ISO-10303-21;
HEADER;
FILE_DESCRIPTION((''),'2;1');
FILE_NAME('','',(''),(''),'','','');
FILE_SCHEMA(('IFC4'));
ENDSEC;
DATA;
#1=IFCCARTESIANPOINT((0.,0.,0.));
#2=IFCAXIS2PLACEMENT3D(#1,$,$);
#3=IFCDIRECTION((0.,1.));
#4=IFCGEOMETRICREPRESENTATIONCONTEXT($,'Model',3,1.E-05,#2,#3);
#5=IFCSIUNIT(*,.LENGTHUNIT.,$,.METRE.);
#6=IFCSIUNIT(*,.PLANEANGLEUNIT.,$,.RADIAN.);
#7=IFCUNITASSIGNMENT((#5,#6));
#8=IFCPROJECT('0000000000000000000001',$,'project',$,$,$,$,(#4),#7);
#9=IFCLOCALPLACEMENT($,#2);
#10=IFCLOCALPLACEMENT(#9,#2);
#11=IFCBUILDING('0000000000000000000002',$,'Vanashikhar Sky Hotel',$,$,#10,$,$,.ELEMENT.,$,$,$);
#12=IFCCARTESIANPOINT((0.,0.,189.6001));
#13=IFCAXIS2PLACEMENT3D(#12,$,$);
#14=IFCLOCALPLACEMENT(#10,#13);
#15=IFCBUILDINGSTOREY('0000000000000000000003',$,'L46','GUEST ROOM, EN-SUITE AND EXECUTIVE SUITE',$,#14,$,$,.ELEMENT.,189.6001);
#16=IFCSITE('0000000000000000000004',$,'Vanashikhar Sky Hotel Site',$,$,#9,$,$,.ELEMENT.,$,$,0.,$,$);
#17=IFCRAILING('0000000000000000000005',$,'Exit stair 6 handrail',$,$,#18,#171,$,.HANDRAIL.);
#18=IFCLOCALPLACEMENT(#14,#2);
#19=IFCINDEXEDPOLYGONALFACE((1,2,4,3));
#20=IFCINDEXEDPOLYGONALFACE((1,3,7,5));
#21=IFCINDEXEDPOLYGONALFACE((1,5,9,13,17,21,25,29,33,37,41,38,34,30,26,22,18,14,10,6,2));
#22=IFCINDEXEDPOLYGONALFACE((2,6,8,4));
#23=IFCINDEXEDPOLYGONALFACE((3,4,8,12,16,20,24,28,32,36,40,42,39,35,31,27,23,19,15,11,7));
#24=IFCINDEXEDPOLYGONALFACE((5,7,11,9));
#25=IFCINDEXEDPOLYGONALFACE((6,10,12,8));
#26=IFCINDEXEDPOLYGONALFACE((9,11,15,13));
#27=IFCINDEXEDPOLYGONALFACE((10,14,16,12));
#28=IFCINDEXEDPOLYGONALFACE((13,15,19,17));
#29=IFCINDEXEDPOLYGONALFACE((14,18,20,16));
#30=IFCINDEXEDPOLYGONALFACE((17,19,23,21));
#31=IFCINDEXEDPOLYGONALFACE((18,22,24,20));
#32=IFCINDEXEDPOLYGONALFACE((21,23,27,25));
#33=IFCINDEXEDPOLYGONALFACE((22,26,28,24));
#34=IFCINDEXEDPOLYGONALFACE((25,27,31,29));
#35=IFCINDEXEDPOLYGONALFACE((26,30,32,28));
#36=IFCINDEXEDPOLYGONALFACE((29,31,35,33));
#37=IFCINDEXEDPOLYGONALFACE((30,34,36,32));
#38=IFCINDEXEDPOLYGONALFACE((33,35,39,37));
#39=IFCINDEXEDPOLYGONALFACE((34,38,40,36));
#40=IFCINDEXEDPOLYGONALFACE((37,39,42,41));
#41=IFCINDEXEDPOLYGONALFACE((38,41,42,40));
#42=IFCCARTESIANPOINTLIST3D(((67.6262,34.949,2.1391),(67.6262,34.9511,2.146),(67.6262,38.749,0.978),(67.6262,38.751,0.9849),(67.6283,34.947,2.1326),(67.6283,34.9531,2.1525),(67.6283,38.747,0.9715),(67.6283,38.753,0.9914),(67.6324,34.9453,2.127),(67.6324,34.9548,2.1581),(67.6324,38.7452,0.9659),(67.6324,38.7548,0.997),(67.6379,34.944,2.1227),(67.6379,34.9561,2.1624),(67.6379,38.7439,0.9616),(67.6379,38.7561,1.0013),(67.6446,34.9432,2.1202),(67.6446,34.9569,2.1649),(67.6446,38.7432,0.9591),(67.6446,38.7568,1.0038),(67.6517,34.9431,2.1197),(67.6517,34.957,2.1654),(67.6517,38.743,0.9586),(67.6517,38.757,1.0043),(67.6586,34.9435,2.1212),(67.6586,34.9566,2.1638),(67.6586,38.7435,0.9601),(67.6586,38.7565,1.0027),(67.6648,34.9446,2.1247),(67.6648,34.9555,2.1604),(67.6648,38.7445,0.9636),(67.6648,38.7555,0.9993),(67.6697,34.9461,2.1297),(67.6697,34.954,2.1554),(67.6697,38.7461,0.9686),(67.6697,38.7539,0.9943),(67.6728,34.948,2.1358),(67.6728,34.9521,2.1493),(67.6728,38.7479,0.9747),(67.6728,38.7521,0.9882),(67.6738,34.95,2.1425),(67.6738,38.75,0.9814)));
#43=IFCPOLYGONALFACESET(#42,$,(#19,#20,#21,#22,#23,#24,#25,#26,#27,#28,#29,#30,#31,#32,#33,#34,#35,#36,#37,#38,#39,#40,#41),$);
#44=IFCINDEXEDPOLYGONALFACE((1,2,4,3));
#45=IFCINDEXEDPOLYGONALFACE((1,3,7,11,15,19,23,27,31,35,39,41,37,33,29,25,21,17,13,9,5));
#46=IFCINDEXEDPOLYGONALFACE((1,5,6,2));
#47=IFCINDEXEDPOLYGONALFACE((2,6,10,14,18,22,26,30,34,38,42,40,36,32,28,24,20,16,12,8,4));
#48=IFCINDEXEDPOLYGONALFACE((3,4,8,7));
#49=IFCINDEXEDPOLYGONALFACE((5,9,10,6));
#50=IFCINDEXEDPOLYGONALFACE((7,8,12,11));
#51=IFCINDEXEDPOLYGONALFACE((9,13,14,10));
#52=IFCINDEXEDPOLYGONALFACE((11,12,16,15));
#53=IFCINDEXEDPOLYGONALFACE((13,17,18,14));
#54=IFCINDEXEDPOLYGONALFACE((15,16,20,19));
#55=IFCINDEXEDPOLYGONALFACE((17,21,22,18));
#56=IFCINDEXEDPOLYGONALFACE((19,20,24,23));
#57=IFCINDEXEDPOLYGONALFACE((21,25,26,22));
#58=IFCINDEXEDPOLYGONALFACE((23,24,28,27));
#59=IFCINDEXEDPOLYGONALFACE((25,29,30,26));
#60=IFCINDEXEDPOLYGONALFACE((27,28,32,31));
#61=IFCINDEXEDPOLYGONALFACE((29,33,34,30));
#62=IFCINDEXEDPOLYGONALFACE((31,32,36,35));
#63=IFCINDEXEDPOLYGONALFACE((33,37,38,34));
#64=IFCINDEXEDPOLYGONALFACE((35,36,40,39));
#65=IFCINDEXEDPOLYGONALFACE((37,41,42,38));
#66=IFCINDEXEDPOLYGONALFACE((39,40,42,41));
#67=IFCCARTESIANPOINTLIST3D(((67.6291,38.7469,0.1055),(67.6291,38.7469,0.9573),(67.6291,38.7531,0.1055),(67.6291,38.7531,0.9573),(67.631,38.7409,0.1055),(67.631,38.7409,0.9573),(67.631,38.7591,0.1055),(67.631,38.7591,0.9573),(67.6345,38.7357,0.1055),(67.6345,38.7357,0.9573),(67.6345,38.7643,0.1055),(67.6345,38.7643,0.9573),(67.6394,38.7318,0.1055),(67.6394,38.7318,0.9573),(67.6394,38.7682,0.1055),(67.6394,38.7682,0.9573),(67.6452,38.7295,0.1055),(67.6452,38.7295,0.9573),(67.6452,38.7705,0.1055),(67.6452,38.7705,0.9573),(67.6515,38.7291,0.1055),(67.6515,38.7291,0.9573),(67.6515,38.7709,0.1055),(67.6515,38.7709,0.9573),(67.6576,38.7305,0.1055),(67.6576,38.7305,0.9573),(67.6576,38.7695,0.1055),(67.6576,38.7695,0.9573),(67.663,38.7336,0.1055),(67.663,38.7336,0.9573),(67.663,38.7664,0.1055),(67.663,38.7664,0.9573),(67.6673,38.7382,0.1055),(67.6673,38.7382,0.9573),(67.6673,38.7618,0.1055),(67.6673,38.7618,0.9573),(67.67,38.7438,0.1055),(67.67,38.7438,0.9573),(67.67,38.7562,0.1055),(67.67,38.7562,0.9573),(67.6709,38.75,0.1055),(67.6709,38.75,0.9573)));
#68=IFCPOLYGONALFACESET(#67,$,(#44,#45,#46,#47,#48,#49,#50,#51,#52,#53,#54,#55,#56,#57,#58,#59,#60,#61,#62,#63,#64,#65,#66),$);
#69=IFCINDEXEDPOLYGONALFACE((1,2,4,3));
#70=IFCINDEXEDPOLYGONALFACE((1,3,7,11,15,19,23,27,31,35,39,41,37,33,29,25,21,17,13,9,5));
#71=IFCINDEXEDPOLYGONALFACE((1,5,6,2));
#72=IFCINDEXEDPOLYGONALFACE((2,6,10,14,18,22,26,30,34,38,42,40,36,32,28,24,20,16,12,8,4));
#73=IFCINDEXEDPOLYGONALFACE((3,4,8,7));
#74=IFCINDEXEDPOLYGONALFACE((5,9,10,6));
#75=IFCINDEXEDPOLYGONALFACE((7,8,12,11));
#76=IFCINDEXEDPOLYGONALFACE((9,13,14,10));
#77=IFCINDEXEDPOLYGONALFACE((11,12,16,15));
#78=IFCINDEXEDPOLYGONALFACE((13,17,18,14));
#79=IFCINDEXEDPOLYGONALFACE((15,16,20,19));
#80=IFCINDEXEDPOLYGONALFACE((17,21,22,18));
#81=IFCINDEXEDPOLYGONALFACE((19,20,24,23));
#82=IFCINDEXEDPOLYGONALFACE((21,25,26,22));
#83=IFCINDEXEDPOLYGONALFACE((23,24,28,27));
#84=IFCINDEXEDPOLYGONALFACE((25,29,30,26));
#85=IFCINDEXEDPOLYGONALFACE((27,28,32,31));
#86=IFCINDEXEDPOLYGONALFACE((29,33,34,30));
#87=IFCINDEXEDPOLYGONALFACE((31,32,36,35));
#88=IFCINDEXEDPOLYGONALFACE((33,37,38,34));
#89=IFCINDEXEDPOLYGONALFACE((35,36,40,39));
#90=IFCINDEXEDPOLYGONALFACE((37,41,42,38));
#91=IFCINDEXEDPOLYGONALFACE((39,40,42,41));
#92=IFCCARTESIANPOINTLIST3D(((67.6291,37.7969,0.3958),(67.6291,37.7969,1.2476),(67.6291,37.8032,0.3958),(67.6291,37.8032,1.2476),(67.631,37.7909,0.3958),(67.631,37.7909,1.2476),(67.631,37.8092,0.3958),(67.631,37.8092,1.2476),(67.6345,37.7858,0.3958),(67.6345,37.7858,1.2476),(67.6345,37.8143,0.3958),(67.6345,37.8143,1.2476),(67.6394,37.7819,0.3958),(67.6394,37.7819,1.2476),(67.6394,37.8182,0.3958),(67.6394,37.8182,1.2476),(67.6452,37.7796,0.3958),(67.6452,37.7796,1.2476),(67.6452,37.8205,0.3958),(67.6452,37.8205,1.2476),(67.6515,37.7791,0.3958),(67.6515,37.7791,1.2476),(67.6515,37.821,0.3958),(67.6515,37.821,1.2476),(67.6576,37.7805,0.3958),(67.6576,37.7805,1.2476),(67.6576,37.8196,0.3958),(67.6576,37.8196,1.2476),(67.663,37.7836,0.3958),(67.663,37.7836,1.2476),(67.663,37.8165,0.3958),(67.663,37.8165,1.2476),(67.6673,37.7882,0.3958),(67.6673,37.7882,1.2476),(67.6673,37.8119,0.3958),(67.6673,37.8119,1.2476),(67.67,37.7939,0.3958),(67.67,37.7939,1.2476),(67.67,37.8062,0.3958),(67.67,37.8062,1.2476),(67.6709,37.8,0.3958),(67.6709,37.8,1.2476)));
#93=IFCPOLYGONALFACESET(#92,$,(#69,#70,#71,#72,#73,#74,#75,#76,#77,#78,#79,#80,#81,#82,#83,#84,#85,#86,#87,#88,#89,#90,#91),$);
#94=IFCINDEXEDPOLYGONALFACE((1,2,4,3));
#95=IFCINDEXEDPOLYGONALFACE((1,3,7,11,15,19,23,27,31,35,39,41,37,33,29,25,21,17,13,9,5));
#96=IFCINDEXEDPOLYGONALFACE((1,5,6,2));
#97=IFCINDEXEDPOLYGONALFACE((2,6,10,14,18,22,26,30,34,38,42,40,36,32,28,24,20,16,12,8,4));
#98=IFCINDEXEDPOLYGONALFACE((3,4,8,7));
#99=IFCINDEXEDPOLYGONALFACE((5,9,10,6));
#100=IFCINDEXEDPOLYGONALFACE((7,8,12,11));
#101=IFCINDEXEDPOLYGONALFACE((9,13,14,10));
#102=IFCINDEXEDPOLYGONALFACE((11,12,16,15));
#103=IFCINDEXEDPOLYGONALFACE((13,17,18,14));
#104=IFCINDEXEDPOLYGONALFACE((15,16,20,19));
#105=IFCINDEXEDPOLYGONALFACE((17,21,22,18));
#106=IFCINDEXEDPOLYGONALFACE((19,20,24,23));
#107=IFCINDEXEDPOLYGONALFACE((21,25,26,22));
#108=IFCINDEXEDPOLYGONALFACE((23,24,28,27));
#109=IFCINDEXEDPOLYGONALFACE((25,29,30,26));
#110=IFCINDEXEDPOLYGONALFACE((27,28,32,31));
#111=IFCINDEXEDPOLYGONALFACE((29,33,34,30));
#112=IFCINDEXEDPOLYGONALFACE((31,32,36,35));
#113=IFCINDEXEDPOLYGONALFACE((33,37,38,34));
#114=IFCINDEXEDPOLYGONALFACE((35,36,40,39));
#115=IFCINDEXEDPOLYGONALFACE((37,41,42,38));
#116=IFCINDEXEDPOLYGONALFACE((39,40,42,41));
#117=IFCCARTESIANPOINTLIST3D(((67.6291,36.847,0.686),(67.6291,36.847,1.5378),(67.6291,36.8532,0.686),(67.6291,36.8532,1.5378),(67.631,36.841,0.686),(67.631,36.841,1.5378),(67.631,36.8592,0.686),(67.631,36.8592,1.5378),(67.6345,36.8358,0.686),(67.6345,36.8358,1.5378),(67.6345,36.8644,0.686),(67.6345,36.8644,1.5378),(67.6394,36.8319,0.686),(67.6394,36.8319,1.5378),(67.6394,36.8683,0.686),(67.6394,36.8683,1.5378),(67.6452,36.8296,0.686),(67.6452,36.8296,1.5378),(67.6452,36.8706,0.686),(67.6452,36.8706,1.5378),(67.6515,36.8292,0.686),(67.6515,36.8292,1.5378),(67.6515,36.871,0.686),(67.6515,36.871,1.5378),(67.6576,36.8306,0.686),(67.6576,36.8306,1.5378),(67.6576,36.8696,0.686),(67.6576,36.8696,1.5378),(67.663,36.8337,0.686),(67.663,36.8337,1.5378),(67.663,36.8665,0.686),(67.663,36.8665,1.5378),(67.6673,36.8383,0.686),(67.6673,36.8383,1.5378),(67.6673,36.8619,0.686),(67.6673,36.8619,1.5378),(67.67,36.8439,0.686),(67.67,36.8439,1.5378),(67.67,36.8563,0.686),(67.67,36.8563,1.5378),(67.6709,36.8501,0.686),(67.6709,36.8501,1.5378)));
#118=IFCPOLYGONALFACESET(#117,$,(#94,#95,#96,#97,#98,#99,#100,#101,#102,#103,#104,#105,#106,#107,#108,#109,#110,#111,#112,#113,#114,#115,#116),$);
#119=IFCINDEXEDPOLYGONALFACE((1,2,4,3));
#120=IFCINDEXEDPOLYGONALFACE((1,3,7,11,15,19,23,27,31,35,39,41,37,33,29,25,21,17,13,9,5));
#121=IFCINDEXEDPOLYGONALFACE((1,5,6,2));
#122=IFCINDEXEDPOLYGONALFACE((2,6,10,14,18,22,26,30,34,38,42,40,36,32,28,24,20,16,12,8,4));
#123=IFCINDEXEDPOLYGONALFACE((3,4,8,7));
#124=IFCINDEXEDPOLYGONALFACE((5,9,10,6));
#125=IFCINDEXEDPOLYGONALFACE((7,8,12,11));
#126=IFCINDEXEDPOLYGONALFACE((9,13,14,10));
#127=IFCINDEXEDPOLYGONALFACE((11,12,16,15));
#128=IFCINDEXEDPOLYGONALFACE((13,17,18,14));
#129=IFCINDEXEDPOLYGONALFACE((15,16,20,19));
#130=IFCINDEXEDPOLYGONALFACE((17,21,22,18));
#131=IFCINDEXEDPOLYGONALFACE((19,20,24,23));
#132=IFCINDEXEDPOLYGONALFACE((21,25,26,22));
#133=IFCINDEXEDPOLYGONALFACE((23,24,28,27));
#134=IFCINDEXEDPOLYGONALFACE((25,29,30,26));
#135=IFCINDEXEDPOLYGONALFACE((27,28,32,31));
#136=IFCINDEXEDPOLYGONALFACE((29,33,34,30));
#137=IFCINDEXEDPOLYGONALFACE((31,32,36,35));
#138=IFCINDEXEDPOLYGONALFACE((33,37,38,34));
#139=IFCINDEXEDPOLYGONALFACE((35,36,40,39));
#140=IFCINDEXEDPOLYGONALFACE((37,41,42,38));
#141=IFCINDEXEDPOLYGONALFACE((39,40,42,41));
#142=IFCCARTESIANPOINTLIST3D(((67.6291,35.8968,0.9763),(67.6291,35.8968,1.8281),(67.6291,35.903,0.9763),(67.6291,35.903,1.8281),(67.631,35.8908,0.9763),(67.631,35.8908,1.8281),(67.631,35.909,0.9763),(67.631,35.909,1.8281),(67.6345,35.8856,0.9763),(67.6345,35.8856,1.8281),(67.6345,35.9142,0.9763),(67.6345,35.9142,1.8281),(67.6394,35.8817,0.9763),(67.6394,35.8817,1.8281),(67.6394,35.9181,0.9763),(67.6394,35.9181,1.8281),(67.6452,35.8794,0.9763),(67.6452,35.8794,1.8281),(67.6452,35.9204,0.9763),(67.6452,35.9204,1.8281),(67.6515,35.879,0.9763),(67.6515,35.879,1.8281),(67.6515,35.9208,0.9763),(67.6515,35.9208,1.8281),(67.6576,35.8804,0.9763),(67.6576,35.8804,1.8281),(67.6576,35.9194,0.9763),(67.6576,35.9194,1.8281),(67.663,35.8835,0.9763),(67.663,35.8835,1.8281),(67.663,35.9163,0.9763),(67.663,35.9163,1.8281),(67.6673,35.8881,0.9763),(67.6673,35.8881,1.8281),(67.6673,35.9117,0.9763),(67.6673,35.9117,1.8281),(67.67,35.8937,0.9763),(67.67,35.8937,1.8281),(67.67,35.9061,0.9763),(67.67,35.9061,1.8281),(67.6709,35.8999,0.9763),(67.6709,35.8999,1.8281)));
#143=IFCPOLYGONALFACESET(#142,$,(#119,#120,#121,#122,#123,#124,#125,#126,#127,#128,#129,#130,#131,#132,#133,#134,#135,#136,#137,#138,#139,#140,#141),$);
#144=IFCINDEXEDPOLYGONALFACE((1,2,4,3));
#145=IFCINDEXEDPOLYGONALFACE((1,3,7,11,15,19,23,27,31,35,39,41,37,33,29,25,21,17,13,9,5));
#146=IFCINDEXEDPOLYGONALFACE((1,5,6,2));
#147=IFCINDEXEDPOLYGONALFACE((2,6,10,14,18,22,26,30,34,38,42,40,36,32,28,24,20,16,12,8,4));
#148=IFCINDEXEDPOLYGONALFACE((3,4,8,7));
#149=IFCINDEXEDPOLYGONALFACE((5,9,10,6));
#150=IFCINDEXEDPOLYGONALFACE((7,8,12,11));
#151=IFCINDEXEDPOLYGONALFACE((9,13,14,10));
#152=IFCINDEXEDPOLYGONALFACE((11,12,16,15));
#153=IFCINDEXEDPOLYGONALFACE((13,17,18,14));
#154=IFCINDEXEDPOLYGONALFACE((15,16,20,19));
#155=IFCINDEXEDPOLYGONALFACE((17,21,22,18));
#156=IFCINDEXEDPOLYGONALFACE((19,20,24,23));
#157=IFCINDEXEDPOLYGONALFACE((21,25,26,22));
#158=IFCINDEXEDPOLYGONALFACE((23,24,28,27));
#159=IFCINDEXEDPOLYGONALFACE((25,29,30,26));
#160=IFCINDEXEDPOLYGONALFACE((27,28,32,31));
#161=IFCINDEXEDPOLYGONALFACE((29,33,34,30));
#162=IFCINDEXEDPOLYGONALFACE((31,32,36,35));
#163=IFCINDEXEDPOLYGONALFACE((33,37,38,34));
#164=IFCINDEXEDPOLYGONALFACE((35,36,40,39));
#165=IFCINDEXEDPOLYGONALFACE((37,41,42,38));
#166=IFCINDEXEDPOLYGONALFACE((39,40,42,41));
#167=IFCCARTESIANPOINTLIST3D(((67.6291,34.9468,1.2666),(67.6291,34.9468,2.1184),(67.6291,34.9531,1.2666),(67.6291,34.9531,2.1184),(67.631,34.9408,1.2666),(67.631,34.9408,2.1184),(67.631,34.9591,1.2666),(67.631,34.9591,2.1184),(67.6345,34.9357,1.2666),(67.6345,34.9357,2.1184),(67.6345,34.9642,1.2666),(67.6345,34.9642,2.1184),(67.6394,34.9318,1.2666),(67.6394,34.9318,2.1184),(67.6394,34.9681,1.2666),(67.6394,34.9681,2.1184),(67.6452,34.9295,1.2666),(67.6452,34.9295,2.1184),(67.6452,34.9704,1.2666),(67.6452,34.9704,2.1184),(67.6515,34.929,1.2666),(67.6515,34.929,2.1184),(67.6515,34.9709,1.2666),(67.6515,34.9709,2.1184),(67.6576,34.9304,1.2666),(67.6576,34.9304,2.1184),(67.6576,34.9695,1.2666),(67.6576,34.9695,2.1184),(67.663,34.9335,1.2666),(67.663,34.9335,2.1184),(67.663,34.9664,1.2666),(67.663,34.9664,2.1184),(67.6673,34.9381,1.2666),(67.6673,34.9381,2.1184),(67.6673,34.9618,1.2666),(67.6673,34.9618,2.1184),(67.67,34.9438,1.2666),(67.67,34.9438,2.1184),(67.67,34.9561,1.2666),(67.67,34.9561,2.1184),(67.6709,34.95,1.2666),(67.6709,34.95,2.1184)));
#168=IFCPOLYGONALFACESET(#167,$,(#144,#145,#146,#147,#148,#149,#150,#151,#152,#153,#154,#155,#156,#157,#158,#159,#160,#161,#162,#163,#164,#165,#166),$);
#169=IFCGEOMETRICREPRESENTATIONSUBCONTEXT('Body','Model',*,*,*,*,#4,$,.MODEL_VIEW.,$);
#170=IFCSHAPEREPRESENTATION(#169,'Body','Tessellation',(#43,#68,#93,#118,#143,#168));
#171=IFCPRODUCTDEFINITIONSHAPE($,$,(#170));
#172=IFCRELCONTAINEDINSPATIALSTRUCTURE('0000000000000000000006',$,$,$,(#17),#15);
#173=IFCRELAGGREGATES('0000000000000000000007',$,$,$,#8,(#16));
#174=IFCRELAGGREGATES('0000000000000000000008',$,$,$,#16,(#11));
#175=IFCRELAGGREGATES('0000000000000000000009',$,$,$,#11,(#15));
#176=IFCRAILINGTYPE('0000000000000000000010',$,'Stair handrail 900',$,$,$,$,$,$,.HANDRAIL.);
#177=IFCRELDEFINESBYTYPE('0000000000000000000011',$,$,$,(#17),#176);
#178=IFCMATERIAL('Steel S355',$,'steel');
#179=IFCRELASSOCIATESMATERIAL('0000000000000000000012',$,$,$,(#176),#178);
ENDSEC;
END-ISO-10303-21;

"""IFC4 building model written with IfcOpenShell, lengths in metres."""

from ifc_helpers import new_model, si_unit, direction, frame, origin, origin_2d, place, context, subcontext, project, spatial, circle, extrude, source, transform, mapped, material, type_object, element, save


model = new_model("IFC4")

# Units and contexts
model_context = context("Model", 3, precision=1e-05, world=origin(), true_north=direction((0.0, 1.0)))
body_context = subcontext(model_context, "Body", "Model", "MODEL_VIEW")
ifc_project = project(units=[si_unit("LENGTHUNIT", "METRE"), si_unit("PLANEANGLEUNIT", "RADIAN")], contexts=[model_context])

# Site, building, storey
site_placement = place(None, origin())
site = spatial("IfcSite", under=ifc_project, at=site_placement, Name="Vanashikhar Sky Hotel Site", CompositionType="ELEMENT", RefElevation=0.0)
building_placement = place(site_placement, origin())
building = spatial("IfcBuilding", under=site, at=building_placement, Name="Vanashikhar Sky Hotel", CompositionType="ELEMENT")
storey_placement = place(building_placement, frame((0.0, 0.0, 189.6001)))
storey = spatial("IfcBuildingStorey", under=building, at=storey_placement, Name="L46", Description="GUEST ROOM, EN-SUITE AND EXECUTIVE SUITE", CompositionType="ELEMENT", Elevation=189.6001)

# Railing
ifc_material_1 = material(Name="Steel S355", Category="steel")
railing_type = type_object("IfcRailingType", Name="Stair handrail 900", PredefinedType="HANDRAIL", material=ifc_material_1)
shared_shape_1 = source(origin(), body_context, "Body", "SweptSolid", [
    extrude(circle(Radius=0.0239, at=origin_2d()), frame((0.0, 0.0, 0.876), z_axis=(0.0, -0.956351, 0.29222), x_axis=(1.0, 0.0, 0.0)), (0.0, 0.0, 1.0), 3.9734),
    extrude(circle(Radius=0.021, at=origin_2d()), origin(), (0.0, 0.0, 1.0), 0.8518),
    extrude(circle(Radius=0.021, at=origin_2d()), frame((0.0, -0.95, 0.2903)), (0.0, 0.0, 1.0), 0.8518),
    extrude(circle(Radius=0.021, at=origin_2d()), frame((0.0, -1.8999, 0.5806)), (0.0, 0.0, 1.0), 0.8518),
    extrude(circle(Radius=0.021, at=origin_2d()), frame((0.0, -2.8501, 0.8708)), (0.0, 0.0, 1.0), 0.8518),
    extrude(circle(Radius=0.021, at=origin_2d()), frame((0.0, -3.8, 1.1611)), (0.0, 0.0, 1.0), 0.8518),
])
for number, where, name in (
    (1, (67.6499, 38.75, 0.1055), "Exit stair 6 handrail"),
):
    element("IfcRailing", number, at=place(storey_placement, frame(where)), inside=storey, type_object=railing_type, Name=name, PredefinedType="HANDRAIL", context=body_context, shape_type="MappedRepresentation", body=[
        mapped(shared_shape_1, transform((0.0, 0.0, 0.0), scale=1.0)),
    ])

save(model, "model.ifc")
